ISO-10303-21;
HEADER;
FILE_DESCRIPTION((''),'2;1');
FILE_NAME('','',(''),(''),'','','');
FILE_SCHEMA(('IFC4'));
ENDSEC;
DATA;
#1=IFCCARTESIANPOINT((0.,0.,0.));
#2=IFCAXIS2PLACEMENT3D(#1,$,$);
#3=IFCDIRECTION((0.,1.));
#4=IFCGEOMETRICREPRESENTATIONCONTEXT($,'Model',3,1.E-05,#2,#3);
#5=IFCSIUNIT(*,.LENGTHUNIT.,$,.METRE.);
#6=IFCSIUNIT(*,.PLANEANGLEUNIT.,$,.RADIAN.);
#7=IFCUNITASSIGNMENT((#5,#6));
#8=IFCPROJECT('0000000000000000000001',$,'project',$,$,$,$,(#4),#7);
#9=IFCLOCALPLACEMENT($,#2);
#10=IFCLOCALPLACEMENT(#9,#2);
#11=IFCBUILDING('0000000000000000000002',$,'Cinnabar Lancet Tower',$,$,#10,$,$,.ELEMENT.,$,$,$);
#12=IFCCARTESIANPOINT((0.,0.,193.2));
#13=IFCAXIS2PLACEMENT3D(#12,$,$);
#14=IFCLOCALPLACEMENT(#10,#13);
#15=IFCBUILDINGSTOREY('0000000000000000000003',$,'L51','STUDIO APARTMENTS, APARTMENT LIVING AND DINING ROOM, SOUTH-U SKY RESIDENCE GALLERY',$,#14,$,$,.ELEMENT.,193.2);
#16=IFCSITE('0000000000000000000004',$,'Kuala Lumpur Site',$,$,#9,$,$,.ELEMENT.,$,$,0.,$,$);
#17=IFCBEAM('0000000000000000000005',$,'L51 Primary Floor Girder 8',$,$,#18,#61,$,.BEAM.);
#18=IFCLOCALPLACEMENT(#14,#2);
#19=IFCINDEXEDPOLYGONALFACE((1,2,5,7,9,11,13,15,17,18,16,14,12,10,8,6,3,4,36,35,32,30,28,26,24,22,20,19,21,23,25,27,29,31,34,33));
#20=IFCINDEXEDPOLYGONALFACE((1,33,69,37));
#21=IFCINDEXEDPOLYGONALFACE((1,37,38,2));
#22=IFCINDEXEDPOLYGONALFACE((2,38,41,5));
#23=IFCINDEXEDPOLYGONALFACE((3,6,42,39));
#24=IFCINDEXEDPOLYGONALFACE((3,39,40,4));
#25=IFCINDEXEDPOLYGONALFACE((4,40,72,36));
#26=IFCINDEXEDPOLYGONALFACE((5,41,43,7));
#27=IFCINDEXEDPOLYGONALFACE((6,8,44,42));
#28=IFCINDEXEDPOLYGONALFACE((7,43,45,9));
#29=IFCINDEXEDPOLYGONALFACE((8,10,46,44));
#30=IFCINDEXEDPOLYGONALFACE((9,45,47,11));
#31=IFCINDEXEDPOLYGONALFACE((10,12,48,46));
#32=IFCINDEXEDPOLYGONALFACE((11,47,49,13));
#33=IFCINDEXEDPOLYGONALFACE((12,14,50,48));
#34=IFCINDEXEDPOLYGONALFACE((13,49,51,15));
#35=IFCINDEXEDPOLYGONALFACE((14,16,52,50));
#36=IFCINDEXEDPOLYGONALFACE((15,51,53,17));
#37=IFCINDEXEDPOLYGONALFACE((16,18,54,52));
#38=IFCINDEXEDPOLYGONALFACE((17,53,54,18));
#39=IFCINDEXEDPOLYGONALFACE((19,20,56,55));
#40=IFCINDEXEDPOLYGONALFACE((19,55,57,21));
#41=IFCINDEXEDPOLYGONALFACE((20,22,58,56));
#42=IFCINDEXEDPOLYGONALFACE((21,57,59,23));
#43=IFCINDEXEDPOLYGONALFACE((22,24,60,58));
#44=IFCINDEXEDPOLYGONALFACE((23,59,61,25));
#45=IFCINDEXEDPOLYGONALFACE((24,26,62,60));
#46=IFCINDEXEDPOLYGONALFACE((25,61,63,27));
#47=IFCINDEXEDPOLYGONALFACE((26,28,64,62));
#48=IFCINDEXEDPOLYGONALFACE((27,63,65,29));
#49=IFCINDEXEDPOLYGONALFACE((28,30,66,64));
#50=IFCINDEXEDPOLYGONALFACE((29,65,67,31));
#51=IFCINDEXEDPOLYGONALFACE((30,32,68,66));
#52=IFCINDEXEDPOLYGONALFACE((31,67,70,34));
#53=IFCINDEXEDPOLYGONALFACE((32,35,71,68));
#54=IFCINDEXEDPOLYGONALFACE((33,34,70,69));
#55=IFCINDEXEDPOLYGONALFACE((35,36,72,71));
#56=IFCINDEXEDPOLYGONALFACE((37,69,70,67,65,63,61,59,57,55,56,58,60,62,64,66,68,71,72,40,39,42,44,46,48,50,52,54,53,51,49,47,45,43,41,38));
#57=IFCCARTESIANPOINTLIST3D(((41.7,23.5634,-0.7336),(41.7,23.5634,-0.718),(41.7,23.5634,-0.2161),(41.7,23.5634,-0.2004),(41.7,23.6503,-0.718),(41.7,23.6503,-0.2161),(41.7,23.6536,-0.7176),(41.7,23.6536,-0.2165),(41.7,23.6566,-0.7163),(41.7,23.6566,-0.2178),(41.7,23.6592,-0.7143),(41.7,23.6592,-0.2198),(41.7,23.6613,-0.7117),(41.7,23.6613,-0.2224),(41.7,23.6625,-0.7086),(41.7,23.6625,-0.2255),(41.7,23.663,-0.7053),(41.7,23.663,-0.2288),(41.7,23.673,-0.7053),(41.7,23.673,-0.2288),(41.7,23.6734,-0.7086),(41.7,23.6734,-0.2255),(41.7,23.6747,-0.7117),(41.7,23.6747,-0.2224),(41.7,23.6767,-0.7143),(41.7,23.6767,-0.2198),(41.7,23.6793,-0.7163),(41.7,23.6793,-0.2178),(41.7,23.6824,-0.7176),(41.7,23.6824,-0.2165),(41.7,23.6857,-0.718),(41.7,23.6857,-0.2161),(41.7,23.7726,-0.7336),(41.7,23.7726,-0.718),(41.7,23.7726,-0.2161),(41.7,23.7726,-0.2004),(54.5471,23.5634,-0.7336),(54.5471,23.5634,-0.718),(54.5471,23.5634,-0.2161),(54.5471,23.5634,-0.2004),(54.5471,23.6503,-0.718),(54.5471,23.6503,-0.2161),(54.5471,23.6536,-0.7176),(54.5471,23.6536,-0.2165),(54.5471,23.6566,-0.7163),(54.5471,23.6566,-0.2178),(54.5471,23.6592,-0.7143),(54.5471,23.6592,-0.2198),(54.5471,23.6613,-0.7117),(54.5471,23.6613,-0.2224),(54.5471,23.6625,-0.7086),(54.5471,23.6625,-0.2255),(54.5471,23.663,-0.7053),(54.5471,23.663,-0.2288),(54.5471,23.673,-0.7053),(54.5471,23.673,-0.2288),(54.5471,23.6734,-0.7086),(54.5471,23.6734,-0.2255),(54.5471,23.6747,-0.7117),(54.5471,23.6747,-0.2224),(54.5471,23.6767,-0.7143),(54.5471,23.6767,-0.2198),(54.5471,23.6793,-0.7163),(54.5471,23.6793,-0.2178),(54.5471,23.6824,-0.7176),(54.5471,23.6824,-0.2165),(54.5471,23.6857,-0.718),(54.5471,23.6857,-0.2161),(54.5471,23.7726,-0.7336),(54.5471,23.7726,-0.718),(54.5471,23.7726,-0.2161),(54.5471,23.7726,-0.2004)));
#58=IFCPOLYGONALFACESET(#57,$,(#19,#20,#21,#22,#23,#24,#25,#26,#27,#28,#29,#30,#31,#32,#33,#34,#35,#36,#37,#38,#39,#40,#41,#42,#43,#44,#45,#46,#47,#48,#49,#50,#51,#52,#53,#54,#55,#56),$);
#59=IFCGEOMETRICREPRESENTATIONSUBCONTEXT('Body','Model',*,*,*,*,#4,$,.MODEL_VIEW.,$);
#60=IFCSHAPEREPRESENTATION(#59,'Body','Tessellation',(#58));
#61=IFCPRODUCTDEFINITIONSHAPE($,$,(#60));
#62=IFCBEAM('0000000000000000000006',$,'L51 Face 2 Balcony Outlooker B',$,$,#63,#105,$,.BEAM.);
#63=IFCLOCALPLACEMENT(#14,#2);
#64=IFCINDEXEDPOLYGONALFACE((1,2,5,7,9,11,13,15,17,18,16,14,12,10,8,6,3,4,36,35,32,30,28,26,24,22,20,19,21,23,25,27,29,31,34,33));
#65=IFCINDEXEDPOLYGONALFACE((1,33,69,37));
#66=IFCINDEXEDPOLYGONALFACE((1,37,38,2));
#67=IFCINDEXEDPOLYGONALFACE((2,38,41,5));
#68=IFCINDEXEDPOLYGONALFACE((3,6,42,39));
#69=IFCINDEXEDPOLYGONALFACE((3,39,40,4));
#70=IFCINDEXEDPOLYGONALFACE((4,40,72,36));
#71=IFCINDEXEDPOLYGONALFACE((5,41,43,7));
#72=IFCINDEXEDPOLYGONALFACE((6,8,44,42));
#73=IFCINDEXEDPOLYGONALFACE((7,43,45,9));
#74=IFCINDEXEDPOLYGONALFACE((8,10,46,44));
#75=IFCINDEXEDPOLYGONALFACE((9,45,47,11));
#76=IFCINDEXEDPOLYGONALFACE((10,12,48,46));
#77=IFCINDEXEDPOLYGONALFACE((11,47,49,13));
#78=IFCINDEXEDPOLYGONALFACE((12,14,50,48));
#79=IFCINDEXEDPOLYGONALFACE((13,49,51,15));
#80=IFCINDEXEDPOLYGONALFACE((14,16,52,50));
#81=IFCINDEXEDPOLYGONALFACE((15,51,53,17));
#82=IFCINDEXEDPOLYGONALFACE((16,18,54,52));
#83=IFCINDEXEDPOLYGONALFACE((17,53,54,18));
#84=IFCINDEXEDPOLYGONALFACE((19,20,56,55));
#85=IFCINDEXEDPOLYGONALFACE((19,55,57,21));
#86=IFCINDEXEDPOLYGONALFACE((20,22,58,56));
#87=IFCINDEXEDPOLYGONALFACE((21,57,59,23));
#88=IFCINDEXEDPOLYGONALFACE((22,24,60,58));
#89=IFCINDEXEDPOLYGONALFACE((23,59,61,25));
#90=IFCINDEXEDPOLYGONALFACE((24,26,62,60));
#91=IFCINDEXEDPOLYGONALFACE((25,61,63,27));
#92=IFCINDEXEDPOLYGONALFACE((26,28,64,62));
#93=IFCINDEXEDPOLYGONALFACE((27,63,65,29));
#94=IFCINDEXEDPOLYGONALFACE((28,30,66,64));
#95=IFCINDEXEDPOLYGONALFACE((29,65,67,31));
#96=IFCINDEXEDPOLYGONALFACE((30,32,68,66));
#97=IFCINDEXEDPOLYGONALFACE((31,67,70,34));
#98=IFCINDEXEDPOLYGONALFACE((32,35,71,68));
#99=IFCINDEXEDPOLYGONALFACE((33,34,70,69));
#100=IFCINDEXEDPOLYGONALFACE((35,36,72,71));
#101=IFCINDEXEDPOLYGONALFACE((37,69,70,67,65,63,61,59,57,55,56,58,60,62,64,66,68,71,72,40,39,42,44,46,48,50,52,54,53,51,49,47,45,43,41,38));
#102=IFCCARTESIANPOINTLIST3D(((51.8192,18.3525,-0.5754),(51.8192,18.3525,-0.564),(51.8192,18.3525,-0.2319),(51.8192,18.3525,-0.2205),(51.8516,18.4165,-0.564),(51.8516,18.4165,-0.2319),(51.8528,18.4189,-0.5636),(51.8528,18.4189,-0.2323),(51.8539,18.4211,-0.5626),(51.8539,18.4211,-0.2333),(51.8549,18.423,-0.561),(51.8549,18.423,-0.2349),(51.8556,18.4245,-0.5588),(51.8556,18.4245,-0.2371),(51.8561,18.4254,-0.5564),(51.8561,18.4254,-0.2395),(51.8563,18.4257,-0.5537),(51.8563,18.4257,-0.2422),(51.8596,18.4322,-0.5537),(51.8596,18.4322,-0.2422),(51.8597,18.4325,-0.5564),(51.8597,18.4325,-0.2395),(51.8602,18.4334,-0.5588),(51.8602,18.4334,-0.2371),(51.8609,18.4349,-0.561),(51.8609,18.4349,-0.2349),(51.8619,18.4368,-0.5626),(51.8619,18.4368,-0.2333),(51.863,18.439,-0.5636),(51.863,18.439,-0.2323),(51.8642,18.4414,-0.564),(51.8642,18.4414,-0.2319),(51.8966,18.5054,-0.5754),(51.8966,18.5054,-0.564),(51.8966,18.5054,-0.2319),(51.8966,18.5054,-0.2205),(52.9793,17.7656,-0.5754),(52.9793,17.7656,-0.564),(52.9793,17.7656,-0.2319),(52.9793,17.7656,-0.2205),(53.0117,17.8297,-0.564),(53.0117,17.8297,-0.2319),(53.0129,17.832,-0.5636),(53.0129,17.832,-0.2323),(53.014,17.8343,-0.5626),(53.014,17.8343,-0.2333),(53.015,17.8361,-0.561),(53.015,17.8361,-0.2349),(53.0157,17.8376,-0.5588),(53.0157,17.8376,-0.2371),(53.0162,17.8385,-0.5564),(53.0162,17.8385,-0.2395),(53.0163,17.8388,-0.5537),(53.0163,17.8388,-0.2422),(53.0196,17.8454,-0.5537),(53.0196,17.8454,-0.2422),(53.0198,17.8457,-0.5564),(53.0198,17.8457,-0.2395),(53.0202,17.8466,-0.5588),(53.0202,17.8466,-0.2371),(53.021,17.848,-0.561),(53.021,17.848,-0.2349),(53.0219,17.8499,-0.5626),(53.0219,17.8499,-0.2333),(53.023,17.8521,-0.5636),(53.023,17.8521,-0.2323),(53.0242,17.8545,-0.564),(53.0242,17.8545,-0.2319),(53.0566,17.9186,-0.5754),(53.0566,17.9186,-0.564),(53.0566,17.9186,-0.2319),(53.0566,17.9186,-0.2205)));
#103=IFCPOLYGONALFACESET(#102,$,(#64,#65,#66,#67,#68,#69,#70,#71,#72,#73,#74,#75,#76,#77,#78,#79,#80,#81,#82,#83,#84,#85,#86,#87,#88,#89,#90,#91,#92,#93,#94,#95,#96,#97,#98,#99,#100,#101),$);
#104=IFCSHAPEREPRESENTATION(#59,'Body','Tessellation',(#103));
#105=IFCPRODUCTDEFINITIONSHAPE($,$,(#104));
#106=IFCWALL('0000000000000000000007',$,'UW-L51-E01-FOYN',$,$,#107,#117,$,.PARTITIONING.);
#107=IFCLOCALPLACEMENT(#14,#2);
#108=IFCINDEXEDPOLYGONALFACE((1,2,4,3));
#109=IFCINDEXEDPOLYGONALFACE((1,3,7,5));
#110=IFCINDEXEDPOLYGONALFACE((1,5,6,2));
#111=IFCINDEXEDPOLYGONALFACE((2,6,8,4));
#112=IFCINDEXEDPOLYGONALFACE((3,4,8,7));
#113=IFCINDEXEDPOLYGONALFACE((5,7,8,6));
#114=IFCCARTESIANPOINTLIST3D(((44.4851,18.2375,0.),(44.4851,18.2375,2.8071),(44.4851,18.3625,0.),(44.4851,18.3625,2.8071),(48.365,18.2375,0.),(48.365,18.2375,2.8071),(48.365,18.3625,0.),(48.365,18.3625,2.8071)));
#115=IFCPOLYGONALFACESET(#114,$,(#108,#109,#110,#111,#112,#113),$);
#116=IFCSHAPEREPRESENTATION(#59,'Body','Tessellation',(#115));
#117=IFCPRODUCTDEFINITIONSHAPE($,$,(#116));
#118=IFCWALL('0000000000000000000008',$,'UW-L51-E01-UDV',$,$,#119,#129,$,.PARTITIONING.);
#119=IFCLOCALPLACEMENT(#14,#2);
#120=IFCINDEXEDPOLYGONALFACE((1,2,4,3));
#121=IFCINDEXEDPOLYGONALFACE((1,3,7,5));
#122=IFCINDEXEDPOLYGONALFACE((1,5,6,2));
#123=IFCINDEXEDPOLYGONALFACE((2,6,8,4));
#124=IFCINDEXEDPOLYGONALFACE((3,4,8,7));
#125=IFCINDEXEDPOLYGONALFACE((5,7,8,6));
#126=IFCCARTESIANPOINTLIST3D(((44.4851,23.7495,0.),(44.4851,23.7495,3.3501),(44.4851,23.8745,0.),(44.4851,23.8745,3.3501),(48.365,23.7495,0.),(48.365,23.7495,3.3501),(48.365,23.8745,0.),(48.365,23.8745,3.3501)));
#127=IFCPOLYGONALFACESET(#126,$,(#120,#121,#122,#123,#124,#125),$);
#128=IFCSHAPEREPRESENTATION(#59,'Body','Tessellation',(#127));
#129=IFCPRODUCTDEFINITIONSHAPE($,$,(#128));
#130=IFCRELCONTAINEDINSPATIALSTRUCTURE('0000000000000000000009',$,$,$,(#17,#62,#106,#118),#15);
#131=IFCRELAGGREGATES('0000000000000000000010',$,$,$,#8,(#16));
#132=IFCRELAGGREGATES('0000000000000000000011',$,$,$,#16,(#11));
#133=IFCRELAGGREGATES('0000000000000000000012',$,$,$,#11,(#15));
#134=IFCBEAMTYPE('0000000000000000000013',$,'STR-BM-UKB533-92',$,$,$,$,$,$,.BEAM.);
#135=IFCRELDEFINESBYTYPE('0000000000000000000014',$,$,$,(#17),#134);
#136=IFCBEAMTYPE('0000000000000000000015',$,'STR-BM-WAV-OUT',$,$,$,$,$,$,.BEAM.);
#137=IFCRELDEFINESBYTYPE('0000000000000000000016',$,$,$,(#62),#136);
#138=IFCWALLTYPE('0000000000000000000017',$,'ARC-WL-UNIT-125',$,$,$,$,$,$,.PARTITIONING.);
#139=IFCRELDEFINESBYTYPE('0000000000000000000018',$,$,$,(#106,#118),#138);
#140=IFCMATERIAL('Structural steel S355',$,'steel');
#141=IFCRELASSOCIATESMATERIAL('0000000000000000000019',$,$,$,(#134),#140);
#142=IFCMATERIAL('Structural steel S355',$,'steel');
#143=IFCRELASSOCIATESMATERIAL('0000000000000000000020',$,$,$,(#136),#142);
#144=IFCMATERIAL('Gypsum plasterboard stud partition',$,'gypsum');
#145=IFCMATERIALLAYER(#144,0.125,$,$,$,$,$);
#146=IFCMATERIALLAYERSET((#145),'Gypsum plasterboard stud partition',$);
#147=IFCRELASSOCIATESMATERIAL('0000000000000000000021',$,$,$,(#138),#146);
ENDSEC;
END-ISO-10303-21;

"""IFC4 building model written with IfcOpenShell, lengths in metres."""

from ifc_helpers import new_model, si_unit, direction, frame, frame_2d, origin, origin_2d, place, context, subcontext, project, spatial, rectangle, i_section, extrude, material, layer, layer_set, material_profile, profile_set, type_object, element, save


model = new_model("IFC4")

# Units and contexts
model_context = context("Model", 3, precision=1e-05, world=origin(), true_north=direction((0.0, 1.0)))
body_context = subcontext(model_context, "Body", "Model", "MODEL_VIEW")
ifc_project = project(units=[si_unit("LENGTHUNIT", "METRE"), si_unit("PLANEANGLEUNIT", "RADIAN")], contexts=[model_context])

# Site, building, storey
site_placement = place(None, origin())
site = spatial("IfcSite", under=ifc_project, at=site_placement, Name="Kuala Lumpur Site", CompositionType="ELEMENT", RefElevation=0.0)
building_placement = place(site_placement, origin())
building = spatial("IfcBuilding", under=site, at=building_placement, Name="Cinnabar Lancet Tower", CompositionType="ELEMENT")
storey_placement = place(building_placement, frame((0.0, 0.0, 193.2)))
storey = spatial("IfcBuildingStorey", under=building, at=storey_placement, Name="L51", Description="STUDIO APARTMENTS, APARTMENT LIVING AND DINING ROOM, SOUTH-U SKY RESIDENCE GALLERY", CompositionType="ELEMENT", Elevation=193.2)

# Beams
ifc_material_1 = material(Name="Structural steel S355", Category="steel")
ifc_material_profile_1 = material_profile(ifc_material_1, i_section(OverallWidth=0.2092, OverallDepth=0.5332, WebThickness=0.01, FlangeThickness=0.0156, FilletRadius=0.0127, at=origin_2d()), Name="UKB 533x210x92")
ifc_profile_set_1 = profile_set([ifc_material_profile_1], Name="Structural steel S355")
beam_type_1 = type_object("IfcBeamType", Name="STR-BM-UKB533-92", PredefinedType="BEAM", material=ifc_profile_set_1)
beam_1_placement = place(storey_placement, frame((54.5471, 23.668, -0.467), z_axis=(-1.0, 0.0, 0.0), x_axis=(0.0, -1.0, 0.0)))
element("IfcBeam", 1, at=beam_1_placement, inside=storey, type_object=beam_type_1, Name="L51 Primary Floor Girder 8", PredefinedType="BEAM", context=body_context, shape_type="SweptSolid", body=[
    extrude(i_section(OverallWidth=0.2092, OverallDepth=0.5332, WebThickness=0.01, FlangeThickness=0.0156, FilletRadius=0.0127, at=origin_2d()), origin(), (0.0, 0.0, 1.0), 12.8472),
])
ifc_material_2 = material(Name="Structural steel S355", Category="steel")
ifc_material_profile_2 = material_profile(ifc_material_2, i_section(OverallWidth=0.1714, OverallDepth=0.355, WebThickness=0.0073, FlangeThickness=0.0115, FilletRadius=0.0103, at=origin_2d()), Name="UKB 356x171x51")
ifc_profile_set_2 = profile_set([ifc_material_profile_2], Name="Structural steel S355")
beam_type_2 = type_object("IfcBeamType", Name="STR-BM-WAV-OUT", PredefinedType="BEAM", material=ifc_profile_set_2)
beam_2_placement = place(storey_placement, frame((51.8579, 18.429, -0.3979), z_axis=(0.892314, -0.451415, 0.0), x_axis=(0.451415, 0.892314, 0.0)))
element("IfcBeam", 2, at=beam_2_placement, inside=storey, type_object=beam_type_2, Name="L51 Face 2 Balcony Outlooker B", PredefinedType="BEAM", context=body_context, shape_type="SweptSolid", body=[
    extrude(i_section(OverallWidth=0.1714, OverallDepth=0.355, WebThickness=0.0073, FlangeThickness=0.0115, FilletRadius=0.0103, at=origin_2d()), origin(), (0.0, 0.0, 1.0), 1.3),
])

# Walls
ifc_material_3 = material(Name="Gypsum plasterboard stud partition", Category="gypsum")
ifc_layer_1 = layer(ifc_material_3, 0.125)
ifc_layer_set_1 = layer_set([ifc_layer_1], Name="Gypsum plasterboard stud partition")
wall_type_1 = type_object("IfcWallType", Name="ARC-WL-UNIT-125", PredefinedType="PARTITIONING", material=ifc_layer_set_1)
wall_1_placement = place(storey_placement, frame((44.4851, 18.3, 0.0), z_axis=(0.0, 0.0, 1.0), x_axis=(1.0, 0.0, 0.0)))
element("IfcWall", 3, at=wall_1_placement, inside=storey, type_object=wall_type_1, Name="UW-L51-E01-FOYN", PredefinedType="PARTITIONING", context=body_context, shape_type="SweptSolid", body=[
    extrude(rectangle(XDim=3.8799, YDim=0.125, at=frame_2d((1.9399, 0.0))), origin(), (0.0, 0.0, 1.0), 2.8071),
])
wall_2_placement = place(storey_placement, frame((44.4851, 23.812, 0.0), z_axis=(0.0, 0.0, 1.0), x_axis=(1.0, 0.0, 0.0)))
element("IfcWall", 4, at=wall_2_placement, inside=storey, type_object=wall_type_1, Name="UW-L51-E01-UDV", PredefinedType="PARTITIONING", context=body_context, shape_type="SweptSolid", body=[
    extrude(rectangle(XDim=3.8799, YDim=0.125, at=frame_2d((1.9399, 0.0))), origin(), (0.0, 0.0, 1.0), 3.3501),
])

save(model, "model.ifc")
